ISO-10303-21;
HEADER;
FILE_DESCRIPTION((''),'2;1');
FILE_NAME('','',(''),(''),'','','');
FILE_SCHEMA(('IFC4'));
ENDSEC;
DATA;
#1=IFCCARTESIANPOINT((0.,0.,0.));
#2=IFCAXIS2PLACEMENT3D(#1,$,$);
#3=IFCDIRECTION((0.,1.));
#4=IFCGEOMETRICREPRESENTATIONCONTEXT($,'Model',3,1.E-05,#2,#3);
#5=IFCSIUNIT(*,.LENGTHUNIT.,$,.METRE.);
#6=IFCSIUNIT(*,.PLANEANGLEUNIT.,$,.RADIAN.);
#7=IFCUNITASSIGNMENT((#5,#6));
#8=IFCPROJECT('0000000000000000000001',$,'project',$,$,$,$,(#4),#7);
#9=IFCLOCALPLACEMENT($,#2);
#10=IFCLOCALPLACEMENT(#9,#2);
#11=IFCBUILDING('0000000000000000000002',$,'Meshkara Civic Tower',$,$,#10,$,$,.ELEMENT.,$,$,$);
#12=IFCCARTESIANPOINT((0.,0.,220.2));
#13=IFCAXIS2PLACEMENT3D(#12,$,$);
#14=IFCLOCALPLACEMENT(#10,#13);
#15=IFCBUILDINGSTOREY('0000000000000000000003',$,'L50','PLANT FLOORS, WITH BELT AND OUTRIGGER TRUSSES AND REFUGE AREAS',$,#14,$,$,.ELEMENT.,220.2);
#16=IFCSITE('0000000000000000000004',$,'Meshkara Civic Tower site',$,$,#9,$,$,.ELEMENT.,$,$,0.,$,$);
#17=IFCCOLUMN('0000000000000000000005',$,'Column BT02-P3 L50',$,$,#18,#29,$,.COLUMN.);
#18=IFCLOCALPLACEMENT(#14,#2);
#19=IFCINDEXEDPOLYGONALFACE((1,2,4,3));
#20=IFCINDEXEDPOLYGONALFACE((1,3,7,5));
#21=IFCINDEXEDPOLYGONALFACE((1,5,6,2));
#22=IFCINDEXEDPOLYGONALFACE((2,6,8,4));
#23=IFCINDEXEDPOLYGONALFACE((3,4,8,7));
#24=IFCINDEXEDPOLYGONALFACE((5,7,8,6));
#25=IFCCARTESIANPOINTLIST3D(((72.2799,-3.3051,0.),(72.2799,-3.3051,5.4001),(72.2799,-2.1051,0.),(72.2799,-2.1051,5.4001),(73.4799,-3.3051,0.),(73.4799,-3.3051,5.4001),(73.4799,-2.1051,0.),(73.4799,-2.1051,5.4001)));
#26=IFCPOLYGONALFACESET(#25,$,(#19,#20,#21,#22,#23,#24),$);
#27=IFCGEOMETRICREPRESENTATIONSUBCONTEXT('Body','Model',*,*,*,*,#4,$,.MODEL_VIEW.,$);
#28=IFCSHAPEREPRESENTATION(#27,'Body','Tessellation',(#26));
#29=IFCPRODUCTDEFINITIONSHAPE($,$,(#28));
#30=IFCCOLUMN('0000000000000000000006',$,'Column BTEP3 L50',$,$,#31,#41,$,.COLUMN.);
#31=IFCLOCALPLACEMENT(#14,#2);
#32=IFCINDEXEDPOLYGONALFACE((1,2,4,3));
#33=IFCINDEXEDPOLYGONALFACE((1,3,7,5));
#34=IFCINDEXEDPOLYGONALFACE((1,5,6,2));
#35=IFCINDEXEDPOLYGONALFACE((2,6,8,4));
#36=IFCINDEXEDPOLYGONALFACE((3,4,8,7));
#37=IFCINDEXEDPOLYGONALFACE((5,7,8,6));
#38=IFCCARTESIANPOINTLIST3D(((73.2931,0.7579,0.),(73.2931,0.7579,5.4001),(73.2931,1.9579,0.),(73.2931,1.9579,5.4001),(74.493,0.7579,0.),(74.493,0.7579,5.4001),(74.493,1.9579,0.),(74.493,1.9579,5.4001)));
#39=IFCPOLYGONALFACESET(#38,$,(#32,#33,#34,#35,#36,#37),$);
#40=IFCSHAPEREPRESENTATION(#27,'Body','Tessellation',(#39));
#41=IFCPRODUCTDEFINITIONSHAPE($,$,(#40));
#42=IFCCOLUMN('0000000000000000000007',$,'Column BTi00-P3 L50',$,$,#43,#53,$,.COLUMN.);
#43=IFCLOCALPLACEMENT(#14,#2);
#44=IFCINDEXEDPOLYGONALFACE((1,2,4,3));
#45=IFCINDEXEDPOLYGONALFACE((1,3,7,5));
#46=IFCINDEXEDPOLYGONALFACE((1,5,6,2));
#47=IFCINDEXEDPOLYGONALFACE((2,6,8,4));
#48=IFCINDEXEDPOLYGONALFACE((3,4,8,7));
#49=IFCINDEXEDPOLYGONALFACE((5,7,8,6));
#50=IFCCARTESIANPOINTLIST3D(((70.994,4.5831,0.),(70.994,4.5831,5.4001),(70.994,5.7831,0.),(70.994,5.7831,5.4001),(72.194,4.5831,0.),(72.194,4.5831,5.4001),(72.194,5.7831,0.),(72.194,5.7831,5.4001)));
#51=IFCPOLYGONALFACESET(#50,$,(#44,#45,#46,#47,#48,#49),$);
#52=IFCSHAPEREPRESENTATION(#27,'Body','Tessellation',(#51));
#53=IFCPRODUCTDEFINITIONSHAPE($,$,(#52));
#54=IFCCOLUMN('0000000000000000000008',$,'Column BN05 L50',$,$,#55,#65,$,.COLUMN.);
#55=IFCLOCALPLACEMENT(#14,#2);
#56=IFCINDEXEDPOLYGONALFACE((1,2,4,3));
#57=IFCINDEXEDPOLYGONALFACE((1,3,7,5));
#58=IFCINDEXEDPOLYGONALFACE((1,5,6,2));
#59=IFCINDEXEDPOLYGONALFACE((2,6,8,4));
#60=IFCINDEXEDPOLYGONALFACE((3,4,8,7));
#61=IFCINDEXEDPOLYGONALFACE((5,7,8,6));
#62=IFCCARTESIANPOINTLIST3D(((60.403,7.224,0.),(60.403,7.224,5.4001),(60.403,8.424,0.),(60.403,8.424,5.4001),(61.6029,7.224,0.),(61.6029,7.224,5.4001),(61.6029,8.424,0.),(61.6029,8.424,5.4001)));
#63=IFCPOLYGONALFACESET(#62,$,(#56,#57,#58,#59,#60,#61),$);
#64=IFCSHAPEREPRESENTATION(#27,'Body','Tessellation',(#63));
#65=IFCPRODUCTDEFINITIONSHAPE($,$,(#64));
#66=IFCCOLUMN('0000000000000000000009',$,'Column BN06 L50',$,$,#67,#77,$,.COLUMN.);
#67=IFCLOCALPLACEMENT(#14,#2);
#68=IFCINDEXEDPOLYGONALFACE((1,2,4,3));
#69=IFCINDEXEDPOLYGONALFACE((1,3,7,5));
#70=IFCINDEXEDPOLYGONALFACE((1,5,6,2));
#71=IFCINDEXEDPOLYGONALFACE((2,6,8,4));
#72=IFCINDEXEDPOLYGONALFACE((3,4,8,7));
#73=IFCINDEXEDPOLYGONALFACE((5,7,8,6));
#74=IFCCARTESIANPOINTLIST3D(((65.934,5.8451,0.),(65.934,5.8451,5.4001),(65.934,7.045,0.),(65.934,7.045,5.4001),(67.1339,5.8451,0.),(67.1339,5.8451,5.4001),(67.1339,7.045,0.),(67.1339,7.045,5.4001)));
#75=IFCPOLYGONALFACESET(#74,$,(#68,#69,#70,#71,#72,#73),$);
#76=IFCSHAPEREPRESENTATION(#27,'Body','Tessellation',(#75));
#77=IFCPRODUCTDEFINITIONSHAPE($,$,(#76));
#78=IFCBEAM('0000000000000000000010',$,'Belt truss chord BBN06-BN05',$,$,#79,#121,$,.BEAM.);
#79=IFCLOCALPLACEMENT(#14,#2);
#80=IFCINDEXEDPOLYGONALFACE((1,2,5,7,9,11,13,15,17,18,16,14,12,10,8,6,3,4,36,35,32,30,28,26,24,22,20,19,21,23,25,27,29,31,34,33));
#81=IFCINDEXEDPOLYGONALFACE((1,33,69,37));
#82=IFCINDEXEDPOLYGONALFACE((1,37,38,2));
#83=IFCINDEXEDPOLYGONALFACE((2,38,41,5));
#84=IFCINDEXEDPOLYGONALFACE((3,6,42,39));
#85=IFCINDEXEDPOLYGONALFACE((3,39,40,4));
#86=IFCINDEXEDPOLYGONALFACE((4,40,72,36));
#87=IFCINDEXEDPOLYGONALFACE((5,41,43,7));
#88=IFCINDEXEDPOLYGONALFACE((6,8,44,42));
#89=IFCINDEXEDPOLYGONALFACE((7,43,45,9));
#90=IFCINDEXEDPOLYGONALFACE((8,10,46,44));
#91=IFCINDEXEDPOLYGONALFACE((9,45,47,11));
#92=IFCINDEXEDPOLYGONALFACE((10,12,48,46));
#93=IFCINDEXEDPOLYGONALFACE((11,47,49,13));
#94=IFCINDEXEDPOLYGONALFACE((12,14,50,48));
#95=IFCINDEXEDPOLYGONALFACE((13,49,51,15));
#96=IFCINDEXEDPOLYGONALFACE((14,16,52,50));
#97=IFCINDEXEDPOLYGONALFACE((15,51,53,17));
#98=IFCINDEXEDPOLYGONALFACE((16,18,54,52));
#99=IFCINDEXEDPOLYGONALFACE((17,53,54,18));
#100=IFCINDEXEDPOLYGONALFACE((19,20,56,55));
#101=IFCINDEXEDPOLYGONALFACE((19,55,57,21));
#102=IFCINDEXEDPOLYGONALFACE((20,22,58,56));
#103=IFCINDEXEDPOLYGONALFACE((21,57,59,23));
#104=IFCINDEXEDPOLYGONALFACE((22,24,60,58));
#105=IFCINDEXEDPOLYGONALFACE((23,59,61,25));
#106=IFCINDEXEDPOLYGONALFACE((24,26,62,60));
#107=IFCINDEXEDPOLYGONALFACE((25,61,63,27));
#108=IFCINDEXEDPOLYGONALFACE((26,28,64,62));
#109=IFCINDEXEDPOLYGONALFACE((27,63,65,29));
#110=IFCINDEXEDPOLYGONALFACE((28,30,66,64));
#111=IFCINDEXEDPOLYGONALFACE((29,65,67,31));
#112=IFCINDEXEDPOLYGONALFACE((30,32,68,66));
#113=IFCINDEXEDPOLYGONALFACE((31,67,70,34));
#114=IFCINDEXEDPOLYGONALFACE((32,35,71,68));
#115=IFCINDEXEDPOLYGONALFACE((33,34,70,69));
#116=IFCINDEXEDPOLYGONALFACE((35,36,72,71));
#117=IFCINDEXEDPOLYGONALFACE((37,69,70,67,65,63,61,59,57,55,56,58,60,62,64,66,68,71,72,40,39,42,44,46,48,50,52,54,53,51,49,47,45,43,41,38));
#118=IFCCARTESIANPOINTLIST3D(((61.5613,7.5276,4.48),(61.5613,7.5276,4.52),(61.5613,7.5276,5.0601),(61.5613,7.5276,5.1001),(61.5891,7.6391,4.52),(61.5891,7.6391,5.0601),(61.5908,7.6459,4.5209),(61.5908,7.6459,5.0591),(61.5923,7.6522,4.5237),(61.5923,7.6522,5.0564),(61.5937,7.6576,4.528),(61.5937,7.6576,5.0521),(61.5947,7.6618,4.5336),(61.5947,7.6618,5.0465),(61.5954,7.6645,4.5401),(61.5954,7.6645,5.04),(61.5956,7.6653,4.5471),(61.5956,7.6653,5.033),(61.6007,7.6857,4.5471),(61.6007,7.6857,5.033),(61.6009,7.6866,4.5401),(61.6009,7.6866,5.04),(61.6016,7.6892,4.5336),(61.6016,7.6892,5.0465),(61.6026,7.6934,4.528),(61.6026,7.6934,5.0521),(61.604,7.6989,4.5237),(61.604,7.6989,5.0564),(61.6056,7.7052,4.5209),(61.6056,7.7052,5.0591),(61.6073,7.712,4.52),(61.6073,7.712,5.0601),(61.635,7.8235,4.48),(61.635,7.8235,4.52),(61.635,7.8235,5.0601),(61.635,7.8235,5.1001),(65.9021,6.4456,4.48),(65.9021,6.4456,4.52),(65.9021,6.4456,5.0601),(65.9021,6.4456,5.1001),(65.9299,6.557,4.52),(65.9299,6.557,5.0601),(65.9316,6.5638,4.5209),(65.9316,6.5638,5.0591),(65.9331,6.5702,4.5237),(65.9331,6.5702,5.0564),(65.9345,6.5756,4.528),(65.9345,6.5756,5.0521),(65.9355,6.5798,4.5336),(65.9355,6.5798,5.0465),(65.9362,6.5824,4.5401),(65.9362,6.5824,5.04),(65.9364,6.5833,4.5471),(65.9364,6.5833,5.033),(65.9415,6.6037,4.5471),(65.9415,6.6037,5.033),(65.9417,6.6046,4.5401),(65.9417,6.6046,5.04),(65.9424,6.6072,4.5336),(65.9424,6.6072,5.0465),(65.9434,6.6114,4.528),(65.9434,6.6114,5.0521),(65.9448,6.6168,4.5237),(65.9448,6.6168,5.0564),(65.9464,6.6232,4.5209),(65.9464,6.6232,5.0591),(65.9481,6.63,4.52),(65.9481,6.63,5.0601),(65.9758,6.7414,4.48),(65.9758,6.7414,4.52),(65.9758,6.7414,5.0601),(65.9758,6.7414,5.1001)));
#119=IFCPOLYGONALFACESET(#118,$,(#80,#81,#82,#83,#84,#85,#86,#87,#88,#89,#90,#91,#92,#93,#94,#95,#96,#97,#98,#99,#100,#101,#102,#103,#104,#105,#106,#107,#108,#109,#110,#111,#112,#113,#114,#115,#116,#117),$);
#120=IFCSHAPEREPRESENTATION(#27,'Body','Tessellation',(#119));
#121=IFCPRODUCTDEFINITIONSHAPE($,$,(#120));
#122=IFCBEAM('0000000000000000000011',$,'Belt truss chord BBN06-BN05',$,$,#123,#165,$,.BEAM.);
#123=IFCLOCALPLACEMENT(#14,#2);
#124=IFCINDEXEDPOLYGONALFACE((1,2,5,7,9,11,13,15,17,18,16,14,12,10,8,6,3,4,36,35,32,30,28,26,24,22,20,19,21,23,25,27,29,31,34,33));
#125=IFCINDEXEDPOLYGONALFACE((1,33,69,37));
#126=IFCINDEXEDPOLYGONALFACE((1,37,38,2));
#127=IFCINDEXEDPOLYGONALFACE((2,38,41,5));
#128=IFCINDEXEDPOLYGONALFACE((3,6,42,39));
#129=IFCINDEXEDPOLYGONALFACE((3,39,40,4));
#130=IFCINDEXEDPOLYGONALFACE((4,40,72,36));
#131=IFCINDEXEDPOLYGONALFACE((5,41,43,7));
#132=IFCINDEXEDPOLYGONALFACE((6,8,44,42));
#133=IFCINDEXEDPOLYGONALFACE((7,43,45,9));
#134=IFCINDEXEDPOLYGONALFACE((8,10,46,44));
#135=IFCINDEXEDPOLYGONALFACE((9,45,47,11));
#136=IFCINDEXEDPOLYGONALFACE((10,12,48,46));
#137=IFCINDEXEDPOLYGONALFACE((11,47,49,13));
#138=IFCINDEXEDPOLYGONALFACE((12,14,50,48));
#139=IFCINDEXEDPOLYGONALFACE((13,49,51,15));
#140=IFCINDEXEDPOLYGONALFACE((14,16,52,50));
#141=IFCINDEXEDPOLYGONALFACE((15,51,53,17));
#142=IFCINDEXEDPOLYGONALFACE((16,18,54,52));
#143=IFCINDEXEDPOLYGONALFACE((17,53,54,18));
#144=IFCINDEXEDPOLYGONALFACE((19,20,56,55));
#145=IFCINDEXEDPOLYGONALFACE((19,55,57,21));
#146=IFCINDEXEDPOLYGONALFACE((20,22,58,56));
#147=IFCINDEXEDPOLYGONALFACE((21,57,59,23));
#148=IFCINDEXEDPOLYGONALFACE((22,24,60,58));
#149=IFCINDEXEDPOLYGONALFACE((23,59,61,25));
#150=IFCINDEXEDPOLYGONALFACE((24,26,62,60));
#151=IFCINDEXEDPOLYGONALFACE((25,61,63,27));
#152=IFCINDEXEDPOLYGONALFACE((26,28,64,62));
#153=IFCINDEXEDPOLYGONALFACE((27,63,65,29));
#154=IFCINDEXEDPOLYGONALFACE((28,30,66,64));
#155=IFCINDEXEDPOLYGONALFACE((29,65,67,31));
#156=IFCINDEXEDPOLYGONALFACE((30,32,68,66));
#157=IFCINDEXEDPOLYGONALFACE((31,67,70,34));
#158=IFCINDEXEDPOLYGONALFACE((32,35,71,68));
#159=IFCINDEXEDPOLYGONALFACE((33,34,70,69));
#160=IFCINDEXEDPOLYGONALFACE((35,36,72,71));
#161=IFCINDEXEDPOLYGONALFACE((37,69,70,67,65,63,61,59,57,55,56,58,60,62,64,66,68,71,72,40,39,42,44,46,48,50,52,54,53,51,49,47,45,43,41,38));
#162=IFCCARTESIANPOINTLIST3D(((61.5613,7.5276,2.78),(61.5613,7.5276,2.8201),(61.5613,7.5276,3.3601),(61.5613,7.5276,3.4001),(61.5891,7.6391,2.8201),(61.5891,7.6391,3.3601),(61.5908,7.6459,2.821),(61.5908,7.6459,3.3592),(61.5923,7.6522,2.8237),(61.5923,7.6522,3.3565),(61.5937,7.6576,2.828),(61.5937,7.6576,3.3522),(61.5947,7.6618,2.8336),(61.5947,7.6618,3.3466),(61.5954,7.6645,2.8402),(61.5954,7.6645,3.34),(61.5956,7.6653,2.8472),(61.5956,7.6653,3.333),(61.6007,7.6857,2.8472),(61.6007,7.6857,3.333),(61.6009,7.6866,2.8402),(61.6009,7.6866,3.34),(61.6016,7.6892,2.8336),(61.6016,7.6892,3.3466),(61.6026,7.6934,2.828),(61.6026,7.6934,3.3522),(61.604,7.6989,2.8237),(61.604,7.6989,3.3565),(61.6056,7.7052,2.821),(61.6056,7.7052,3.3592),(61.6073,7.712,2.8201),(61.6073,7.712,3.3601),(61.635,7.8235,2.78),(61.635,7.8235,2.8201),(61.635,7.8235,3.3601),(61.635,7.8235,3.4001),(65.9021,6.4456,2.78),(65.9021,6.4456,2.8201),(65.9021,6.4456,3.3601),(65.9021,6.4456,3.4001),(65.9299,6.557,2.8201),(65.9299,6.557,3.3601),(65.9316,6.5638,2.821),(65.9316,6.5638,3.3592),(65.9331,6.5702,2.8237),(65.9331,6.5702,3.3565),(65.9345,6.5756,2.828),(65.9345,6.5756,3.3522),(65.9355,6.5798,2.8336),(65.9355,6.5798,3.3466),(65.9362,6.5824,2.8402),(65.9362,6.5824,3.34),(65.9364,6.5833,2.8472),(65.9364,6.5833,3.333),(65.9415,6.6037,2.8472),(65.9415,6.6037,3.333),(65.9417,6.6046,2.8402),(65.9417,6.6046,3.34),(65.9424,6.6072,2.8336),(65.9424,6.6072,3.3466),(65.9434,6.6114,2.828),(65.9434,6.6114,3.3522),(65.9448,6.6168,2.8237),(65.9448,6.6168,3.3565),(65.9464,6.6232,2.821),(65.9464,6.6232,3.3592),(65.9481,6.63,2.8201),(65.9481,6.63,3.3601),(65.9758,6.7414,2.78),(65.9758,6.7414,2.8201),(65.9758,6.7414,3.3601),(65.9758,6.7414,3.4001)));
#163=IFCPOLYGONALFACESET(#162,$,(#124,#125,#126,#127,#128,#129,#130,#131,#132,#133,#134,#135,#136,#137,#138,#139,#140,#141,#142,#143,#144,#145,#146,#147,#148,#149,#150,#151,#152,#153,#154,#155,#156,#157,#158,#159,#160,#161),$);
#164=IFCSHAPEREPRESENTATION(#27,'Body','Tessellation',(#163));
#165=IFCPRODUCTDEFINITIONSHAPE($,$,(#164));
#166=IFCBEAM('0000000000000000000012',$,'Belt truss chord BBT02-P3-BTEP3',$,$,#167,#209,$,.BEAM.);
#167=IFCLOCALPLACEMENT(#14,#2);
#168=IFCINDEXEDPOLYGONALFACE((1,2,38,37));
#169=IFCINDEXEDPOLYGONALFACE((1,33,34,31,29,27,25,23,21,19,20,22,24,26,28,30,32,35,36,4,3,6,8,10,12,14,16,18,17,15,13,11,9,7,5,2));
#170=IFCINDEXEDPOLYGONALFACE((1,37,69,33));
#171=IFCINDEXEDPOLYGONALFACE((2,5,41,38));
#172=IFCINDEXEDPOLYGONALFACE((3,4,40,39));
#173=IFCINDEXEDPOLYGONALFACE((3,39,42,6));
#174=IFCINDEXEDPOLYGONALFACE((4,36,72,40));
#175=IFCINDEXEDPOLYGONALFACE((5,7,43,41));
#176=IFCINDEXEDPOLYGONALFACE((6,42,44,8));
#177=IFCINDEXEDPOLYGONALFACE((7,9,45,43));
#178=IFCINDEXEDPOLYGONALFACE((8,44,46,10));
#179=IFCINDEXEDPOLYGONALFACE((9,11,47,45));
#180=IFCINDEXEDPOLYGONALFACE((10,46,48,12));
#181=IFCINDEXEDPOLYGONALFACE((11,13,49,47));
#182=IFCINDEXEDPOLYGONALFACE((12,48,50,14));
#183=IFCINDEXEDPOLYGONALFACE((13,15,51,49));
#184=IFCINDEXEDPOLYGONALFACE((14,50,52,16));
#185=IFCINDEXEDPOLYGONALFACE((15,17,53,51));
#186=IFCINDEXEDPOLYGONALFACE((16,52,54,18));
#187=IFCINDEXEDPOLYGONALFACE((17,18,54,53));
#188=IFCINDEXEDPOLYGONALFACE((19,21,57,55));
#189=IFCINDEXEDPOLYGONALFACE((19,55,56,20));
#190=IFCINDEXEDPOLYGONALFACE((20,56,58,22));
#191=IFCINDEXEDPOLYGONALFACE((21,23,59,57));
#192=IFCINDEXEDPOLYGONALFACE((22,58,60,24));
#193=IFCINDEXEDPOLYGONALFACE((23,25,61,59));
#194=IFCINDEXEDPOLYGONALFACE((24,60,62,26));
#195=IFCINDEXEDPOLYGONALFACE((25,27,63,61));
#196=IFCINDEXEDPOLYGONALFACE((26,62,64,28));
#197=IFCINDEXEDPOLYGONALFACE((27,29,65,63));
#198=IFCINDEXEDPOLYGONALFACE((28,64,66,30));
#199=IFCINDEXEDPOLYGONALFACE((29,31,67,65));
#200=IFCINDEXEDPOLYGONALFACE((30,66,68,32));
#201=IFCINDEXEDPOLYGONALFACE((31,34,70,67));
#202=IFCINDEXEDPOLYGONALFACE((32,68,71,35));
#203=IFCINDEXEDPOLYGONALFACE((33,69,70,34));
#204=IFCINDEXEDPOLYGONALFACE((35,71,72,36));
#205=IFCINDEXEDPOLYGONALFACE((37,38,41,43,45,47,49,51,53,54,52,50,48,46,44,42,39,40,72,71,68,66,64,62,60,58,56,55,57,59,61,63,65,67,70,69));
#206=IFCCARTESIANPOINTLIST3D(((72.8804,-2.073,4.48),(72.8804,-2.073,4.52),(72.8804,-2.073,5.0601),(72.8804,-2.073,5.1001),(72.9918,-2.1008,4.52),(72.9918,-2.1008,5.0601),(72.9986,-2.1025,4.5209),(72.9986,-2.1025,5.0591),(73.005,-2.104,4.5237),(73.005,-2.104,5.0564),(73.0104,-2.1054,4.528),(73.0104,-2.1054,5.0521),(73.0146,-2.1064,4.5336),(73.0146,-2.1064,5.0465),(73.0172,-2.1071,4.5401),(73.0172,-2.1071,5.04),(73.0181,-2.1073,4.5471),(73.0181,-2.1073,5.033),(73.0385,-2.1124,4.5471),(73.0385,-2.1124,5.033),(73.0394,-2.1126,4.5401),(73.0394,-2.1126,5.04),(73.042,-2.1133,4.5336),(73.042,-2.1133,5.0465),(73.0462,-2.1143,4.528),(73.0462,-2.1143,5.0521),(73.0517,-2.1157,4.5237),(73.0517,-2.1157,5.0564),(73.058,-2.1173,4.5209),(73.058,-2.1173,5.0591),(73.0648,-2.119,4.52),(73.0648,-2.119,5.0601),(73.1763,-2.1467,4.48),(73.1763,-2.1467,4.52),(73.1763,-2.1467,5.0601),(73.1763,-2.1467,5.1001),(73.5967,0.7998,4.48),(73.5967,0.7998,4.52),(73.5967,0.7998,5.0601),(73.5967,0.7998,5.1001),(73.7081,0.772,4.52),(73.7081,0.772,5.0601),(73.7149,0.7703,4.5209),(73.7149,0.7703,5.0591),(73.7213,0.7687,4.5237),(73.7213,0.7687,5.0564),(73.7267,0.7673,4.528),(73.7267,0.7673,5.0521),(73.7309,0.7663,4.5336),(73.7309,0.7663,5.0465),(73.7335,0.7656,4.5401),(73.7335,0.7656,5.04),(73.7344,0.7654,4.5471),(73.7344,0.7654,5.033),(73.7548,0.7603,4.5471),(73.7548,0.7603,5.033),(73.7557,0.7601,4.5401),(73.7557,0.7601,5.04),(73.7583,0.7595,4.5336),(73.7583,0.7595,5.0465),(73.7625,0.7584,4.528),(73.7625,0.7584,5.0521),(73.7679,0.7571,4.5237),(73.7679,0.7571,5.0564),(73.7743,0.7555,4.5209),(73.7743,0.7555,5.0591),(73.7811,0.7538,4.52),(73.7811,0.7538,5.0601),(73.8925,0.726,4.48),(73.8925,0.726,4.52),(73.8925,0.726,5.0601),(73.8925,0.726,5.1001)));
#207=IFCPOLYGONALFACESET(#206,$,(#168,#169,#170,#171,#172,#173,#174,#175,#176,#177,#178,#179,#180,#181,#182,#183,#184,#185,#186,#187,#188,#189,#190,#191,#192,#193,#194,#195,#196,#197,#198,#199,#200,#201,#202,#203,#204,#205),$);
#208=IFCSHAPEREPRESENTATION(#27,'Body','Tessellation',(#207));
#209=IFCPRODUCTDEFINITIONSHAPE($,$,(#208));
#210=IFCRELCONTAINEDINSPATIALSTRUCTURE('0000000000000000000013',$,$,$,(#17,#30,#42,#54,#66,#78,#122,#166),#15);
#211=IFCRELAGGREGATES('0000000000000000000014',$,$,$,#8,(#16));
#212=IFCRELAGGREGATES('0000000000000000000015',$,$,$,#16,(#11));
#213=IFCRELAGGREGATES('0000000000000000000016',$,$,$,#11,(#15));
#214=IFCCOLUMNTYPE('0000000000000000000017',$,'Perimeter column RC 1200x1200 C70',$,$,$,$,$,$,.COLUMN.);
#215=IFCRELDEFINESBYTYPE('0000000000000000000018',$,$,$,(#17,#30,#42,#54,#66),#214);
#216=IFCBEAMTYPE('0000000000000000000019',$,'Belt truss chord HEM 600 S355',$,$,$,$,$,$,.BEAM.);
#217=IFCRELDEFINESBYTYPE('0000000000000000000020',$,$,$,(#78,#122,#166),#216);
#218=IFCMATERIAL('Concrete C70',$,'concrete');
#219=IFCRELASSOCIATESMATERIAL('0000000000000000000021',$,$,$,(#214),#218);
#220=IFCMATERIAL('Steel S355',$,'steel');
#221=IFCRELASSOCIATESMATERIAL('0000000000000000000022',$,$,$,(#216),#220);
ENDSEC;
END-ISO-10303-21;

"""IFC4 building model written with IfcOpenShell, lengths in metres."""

from ifc_helpers import new_model, si_unit, direction, frame, origin, origin_2d, place, context, subcontext, project, spatial, rectangle, i_section, extrude, material, material_profile, profile_set, type_object, element, save


model = new_model("IFC4")

# Units and contexts
model_context = context("Model", 3, precision=1e-05, world=origin(), true_north=direction((0.0, 1.0)))
body_context = subcontext(model_context, "Body", "Model", "MODEL_VIEW")
ifc_project = project(units=[si_unit("LENGTHUNIT", "METRE"), si_unit("PLANEANGLEUNIT", "RADIAN")], contexts=[model_context])

# Site, building, storey
site_placement = place(None, origin())
site = spatial("IfcSite", under=ifc_project, at=site_placement, Name="Meshkara Civic Tower site", CompositionType="ELEMENT", RefElevation=0.0)
building_placement = place(site_placement, origin())
building = spatial("IfcBuilding", under=site, at=building_placement, Name="Meshkara Civic Tower", CompositionType="ELEMENT")
storey_placement = place(building_placement, frame((0.0, 0.0, 220.2)))
storey = spatial("IfcBuildingStorey", under=building, at=storey_placement, Name="L50", Description="PLANT FLOORS, WITH BELT AND OUTRIGGER TRUSSES AND REFUGE AREAS", CompositionType="ELEMENT", Elevation=220.2)

# Columns
ifc_material_1 = material(Name="Concrete C70", Category="concrete")
ifc_material_profile_1 = material_profile(ifc_material_1, rectangle(XDim=1.2, YDim=1.2, at=origin_2d()))
ifc_profile_set_1 = profile_set([ifc_material_profile_1], Name="Concrete C70")
column_type = type_object("IfcColumnType", Name="Perimeter column RC 1200x1200 C70", PredefinedType="COLUMN", material=ifc_profile_set_1)
for number, where, z_axis, x_axis, name in (
    (1, (72.8799, -2.7051, 0.0), (0.0, 0.0, 1.0), (1.0, 0.0, 0.0), "Column BT02-P3 L50"),
    (2, (73.8931, 1.3579, 0.0), (0.0, 0.0, 1.0), (1.0, 0.0, 0.0), "Column BTEP3 L50"),
    (3, (71.594, 5.1831, 0.0), (0.0, 0.0, 1.0), (1.0, 0.0, 0.0), "Column BTi00-P3 L50"),
    (4, (61.0029, 7.824, 0.0), (0.0, 0.0, 1.0), (1.0, 0.0, 0.0), "Column BN05 L50"),
    (5, (66.5339, 6.4451, 0.0), (0.0, 0.0, 1.0), (1.0, 0.0, 0.0), "Column BN06 L50"),
):
    element("IfcColumn", number, at=place(storey_placement, frame(where, z_axis=z_axis, x_axis=x_axis)), inside=storey, type_object=column_type, Name=name, PredefinedType="COLUMN", context=body_context, shape_type="SweptSolid", body=[
        extrude(rectangle(XDim=1.2, YDim=1.2, at=origin_2d()), origin(), (0.0, 0.0, 1.0), 5.4001),
    ])

# Beams
ifc_material_2 = material(Name="Steel S355", Category="steel")
ifc_material_profile_2 = material_profile(ifc_material_2, i_section(OverallWidth=0.3049, OverallDepth=0.6201, WebThickness=0.021, FlangeThickness=0.04, FilletRadius=0.0271, at=origin_2d()))
ifc_profile_set_2 = profile_set([ifc_material_profile_2], Name="Steel S355")
beam_type = type_object("IfcBeamType", Name="Belt truss chord HEM 600 S355", PredefinedType="BEAM", material=ifc_profile_set_2)
for number, where, z_axis, x_axis, name in (
    (6, (65.939, 6.5935, 4.79), (-0.970309, 0.241868, 0.0), (-0.241868, -0.970309, 0.0), "Belt truss chord BBN06-BN05"),
    (7, (65.939, 6.5935, 3.0901), (-0.970309, 0.241868, 0.0), (-0.241868, -0.970309, 0.0), "Belt truss chord BBN06-BN05"),
):
    element("IfcBeam", number, at=place(storey_placement, frame(where, z_axis=z_axis, x_axis=x_axis)), inside=storey, type_object=beam_type, Name=name, PredefinedType="BEAM", context=body_context, shape_type="SweptSolid", body=[
        extrude(i_section(OverallWidth=0.3049, OverallDepth=0.6201, WebThickness=0.021, FlangeThickness=0.04, FilletRadius=0.0271, at=origin_2d()), origin(), (0.0, 0.0, 1.0), 4.4736),
    ])
for number, where, z_axis, x_axis, name in (
    (8, (73.0283, -2.1099, 4.79), (0.241934, 0.970293, 0.0), (-0.970293, 0.241934, 0.0), "Belt truss chord BBT02-P3-BTEP3"),
):
    element("IfcBeam", number, at=place(storey_placement, frame(where, z_axis=z_axis, x_axis=x_axis)), inside=storey, type_object=beam_type, Name=name, PredefinedType="BEAM", context=body_context, shape_type="SweptSolid", body=[
        extrude(i_section(OverallWidth=0.3049, OverallDepth=0.6201, WebThickness=0.021, FlangeThickness=0.04, FilletRadius=0.0271, at=origin_2d()), origin(), (0.0, 0.0, 1.0), 2.9607),
    ])

save(model, "model.ifc")
